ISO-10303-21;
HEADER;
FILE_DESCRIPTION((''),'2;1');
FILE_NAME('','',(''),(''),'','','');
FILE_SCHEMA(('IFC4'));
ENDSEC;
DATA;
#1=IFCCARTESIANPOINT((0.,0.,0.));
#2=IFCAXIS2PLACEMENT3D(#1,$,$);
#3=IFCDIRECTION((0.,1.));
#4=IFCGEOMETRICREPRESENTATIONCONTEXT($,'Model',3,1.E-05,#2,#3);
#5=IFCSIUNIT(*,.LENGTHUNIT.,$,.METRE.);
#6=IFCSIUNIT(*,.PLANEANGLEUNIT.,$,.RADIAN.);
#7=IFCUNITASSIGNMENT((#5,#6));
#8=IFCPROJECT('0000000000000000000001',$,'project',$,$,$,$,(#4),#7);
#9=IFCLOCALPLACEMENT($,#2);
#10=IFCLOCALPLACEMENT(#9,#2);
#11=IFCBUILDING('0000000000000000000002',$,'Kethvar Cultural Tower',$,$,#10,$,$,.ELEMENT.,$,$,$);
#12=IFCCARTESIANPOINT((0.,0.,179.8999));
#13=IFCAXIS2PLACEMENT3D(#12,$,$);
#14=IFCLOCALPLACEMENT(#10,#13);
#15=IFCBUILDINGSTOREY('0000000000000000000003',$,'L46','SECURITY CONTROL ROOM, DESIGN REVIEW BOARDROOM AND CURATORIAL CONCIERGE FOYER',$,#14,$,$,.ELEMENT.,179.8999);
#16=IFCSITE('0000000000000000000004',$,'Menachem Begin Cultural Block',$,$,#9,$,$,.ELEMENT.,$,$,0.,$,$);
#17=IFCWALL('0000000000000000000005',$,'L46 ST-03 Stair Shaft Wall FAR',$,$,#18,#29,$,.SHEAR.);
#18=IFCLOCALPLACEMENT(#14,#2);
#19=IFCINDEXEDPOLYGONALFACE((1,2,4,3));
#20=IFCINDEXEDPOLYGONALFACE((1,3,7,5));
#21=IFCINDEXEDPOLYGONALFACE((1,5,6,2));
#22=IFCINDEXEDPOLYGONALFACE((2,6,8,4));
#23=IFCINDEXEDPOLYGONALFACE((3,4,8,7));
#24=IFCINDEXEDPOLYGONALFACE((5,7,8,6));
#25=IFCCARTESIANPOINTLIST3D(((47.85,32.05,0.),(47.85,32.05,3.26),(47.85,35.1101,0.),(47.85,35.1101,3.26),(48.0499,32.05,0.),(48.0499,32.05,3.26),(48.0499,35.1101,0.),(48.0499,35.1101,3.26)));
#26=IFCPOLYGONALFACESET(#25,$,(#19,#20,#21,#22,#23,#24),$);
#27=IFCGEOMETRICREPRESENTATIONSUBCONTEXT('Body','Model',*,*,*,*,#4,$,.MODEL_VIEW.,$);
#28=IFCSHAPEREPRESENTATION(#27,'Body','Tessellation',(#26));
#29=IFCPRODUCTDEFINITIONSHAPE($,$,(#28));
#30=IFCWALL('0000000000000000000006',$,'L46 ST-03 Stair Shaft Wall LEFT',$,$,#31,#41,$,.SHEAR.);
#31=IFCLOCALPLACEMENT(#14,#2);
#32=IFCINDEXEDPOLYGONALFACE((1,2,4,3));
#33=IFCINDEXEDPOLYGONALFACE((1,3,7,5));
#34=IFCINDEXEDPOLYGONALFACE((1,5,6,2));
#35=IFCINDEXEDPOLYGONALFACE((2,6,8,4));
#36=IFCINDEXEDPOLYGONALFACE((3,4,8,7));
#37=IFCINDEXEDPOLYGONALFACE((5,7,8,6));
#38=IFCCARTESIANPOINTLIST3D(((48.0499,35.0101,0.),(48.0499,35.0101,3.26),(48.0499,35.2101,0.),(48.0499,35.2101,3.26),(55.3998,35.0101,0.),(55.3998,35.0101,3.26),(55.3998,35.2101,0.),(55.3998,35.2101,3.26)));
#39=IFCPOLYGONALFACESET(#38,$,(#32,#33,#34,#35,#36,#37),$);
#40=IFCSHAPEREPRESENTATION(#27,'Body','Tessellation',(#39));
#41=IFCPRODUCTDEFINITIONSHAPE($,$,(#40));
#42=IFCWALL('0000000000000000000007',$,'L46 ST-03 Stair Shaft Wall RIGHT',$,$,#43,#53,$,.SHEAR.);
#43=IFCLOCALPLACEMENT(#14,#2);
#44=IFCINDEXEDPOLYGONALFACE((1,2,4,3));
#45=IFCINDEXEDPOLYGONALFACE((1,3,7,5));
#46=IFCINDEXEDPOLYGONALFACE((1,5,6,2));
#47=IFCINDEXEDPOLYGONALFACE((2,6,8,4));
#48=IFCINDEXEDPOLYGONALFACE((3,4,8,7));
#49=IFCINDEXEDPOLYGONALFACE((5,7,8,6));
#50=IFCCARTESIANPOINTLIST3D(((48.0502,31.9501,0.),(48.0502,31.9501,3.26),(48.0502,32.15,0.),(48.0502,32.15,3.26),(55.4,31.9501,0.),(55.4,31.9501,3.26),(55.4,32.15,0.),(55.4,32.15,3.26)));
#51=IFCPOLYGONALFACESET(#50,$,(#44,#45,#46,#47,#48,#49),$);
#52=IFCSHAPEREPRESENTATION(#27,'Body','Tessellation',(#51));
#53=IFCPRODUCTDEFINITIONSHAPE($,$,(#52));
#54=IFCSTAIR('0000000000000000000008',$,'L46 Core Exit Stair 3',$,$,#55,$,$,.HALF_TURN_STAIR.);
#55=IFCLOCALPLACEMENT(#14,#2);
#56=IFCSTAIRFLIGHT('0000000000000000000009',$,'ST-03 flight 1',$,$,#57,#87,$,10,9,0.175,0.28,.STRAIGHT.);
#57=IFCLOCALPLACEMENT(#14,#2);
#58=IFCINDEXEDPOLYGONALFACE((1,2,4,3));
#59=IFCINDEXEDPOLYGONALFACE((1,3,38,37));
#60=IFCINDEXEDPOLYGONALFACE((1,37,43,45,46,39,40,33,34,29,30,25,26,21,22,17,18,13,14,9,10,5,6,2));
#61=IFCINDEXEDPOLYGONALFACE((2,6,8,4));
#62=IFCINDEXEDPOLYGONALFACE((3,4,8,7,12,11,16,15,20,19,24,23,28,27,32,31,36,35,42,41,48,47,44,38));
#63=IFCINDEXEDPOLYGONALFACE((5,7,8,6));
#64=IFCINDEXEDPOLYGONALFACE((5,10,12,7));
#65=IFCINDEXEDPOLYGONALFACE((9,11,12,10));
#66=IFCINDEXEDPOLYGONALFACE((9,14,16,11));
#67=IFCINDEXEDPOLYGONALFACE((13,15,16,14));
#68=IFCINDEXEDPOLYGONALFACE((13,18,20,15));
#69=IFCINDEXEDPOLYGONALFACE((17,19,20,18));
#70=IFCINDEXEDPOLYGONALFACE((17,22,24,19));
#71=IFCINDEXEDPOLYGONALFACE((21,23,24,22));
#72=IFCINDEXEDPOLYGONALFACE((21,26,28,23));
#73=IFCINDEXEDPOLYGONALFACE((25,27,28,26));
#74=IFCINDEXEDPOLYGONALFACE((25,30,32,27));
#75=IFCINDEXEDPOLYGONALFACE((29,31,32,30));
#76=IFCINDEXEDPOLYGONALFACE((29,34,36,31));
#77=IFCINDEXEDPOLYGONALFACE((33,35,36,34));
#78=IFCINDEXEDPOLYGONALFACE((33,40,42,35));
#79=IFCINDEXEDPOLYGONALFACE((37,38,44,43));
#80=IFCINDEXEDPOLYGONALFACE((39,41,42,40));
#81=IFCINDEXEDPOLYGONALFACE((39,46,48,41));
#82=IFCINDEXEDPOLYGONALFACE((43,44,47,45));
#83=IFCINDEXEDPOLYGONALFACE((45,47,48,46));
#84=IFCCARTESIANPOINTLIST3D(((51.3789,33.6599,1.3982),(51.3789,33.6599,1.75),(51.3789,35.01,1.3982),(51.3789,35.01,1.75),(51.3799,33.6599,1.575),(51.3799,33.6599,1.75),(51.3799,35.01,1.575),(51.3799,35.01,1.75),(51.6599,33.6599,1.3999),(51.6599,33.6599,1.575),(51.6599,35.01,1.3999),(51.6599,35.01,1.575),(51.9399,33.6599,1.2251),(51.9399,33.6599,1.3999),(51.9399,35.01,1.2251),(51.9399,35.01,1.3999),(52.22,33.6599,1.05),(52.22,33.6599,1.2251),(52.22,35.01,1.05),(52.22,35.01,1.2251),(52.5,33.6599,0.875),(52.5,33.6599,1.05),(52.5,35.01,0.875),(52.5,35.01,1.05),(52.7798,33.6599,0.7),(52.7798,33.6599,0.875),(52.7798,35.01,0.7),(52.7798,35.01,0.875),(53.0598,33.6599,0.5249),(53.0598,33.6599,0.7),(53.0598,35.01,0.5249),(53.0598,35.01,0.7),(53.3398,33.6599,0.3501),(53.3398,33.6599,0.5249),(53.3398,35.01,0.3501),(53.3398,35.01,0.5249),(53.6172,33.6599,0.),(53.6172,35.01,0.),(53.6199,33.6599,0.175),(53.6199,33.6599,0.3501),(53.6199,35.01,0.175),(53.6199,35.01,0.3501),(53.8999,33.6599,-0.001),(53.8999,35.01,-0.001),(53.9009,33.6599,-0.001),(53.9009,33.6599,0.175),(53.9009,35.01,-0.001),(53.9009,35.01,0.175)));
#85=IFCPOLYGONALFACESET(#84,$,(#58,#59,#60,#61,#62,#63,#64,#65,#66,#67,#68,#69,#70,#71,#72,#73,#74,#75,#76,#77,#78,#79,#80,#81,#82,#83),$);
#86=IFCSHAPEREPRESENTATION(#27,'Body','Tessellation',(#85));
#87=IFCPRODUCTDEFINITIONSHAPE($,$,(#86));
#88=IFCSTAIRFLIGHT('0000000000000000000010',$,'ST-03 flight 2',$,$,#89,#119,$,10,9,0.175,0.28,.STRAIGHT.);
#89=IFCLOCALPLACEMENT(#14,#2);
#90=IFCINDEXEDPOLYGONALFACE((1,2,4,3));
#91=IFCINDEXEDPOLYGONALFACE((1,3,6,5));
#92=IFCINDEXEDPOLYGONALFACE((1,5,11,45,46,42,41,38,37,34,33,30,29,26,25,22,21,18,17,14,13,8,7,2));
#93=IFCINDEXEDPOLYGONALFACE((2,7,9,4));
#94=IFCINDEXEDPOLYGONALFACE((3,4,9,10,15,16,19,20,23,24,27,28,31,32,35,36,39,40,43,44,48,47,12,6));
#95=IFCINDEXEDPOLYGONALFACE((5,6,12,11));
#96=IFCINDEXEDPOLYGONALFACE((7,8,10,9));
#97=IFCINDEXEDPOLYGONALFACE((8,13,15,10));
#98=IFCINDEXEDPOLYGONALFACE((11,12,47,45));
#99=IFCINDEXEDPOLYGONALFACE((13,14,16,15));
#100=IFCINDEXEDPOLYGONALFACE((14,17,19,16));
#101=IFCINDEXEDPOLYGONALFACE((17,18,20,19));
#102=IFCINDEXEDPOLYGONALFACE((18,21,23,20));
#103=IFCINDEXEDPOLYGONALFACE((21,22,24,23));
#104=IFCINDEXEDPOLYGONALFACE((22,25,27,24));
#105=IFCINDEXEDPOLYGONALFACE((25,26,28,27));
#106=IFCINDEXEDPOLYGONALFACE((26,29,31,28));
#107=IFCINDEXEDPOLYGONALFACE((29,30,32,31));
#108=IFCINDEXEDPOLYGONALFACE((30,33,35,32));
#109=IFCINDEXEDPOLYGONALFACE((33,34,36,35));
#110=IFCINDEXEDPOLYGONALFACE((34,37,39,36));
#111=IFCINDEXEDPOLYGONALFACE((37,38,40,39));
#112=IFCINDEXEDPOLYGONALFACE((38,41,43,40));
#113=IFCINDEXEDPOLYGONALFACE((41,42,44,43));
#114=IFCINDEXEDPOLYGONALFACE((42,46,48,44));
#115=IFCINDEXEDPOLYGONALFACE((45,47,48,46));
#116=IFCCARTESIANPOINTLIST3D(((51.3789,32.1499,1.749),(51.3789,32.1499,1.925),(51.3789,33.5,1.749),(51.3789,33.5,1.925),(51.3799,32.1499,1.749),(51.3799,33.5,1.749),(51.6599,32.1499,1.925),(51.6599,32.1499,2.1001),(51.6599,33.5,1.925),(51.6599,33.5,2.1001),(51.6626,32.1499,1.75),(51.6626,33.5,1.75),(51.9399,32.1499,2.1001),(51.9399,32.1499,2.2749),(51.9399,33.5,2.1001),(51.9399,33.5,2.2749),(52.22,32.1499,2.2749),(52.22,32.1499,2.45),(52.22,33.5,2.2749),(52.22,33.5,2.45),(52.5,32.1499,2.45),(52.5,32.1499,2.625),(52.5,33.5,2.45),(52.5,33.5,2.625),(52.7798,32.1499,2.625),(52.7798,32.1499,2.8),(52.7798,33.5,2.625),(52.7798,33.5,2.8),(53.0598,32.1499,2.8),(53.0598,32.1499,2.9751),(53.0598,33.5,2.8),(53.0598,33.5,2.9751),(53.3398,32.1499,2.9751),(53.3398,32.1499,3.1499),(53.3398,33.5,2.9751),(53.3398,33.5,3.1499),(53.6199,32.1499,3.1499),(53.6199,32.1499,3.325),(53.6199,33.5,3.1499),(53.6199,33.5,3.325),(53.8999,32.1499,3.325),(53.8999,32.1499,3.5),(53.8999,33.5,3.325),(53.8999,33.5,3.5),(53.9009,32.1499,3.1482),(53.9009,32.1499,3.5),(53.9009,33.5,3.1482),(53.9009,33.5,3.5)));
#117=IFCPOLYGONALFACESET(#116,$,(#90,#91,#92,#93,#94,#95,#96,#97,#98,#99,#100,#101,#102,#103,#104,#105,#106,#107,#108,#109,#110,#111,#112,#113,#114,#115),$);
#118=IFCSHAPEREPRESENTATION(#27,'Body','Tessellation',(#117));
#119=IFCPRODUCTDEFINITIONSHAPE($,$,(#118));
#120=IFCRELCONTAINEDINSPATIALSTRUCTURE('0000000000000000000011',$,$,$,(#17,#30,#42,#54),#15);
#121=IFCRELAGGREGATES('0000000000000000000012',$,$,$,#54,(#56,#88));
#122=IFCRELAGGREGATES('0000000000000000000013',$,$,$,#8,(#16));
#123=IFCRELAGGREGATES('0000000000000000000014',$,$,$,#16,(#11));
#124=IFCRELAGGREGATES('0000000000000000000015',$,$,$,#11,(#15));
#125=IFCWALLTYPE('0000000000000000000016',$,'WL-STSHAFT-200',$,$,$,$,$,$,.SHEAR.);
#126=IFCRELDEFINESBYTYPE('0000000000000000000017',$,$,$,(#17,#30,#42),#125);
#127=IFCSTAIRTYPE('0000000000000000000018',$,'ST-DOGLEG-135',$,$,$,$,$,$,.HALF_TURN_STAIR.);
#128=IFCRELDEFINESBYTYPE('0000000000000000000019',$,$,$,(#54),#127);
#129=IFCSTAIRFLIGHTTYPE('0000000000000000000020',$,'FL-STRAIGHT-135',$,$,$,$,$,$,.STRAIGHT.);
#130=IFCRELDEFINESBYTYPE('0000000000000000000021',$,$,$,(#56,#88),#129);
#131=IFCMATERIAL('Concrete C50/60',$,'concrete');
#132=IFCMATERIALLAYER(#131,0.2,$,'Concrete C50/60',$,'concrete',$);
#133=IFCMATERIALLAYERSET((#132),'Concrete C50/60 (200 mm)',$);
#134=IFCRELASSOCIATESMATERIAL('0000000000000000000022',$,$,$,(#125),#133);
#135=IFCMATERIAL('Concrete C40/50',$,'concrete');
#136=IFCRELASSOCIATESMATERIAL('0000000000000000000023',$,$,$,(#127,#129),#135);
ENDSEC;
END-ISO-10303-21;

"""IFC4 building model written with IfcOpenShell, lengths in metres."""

from ifc_helpers import new_model, si_unit, direction, frame, frame_2d, origin, place, context, subcontext, project, spatial, polyline, rectangle, outline, extrude, material, layer, layer_set, type_object, element, aggregate, save


model = new_model("IFC4")

# Units and contexts
model_context = context("Model", 3, precision=1e-05, world=origin(), true_north=direction((0.0, 1.0)))
body_context = subcontext(model_context, "Body", "Model", "MODEL_VIEW")
ifc_project = project(units=[si_unit("LENGTHUNIT", "METRE"), si_unit("PLANEANGLEUNIT", "RADIAN")], contexts=[model_context])

# Site, building, storey
site_placement = place(None, origin())
site = spatial("IfcSite", under=ifc_project, at=site_placement, Name="Menachem Begin Cultural Block", CompositionType="ELEMENT", RefElevation=0.0)
building_placement = place(site_placement, origin())
building = spatial("IfcBuilding", under=site, at=building_placement, Name="Kethvar Cultural Tower", CompositionType="ELEMENT")
storey_placement = place(building_placement, frame((0.0, 0.0, 179.8999)))
storey = spatial("IfcBuildingStorey", under=building, at=storey_placement, Name="L46", Description="SECURITY CONTROL ROOM, DESIGN REVIEW BOARDROOM AND CURATORIAL CONCIERGE FOYER", CompositionType="ELEMENT", Elevation=179.8999)

# Walls
ifc_material_1 = material(Name="Concrete C40/50", Category="concrete")
ifc_material_2 = material(Name="Concrete C50/60", Category="concrete")
ifc_layer_1 = layer(ifc_material_2, 0.2, Name="Concrete C50/60", Category="concrete")
ifc_layer_set_1 = layer_set([ifc_layer_1], Name="Concrete C50/60 (200 mm)")
wall_type_1 = type_object("IfcWallType", Name="WL-STSHAFT-200", PredefinedType="SHEAR", material=ifc_layer_set_1)
wall_1_placement = place(storey_placement, frame((47.95, 32.05, 0.0), z_axis=(0.0, 0.0, 1.0), x_axis=(0.0, 1.0, 0.0)))
element("IfcWall", 1, at=wall_1_placement, inside=storey, type_object=wall_type_1, Name="L46 ST-03 Stair Shaft Wall FAR", PredefinedType="SHEAR", context=body_context, shape_type="SweptSolid", body=[
    extrude(rectangle(XDim=3.0601, YDim=0.2, at=frame_2d((1.53, 0.0))), origin(), (0.0, 0.0, 1.0), 3.26),
])
for number, where, z_axis, x_axis, name in (
    (2, (48.05, 35.1101, 0.0), (0.0, 0.0, 1.0), (1.0, 0.0, 0.0), "L46 ST-03 Stair Shaft Wall LEFT"),
    (3, (55.3999, 32.05, 0.0), (0.0, 0.0, 1.0), (-1.0, 0.0, 0.0), "L46 ST-03 Stair Shaft Wall RIGHT"),
):
    element("IfcWall", number, at=place(storey_placement, frame(where, z_axis=z_axis, x_axis=x_axis)), inside=storey, type_object=wall_type_1, Name=name, PredefinedType="SHEAR", context=body_context, shape_type="SweptSolid", body=[
        extrude(rectangle(XDim=7.3499, YDim=0.2, at=frame_2d((3.6748, 0.0))), origin(), (0.0, 0.0, 1.0), 3.26),
    ])

# Stair, stair flights
stair_type = type_object("IfcStairType", Name="ST-DOGLEG-135", PredefinedType="HALF_TURN_STAIR", material=ifc_material_1)
stair_placement = place(storey_placement, origin())
stair = element("IfcStair", 4, at=stair_placement, inside=storey, type_object=stair_type, Name="L46 Core Exit Stair 3", PredefinedType="HALF_TURN_STAIR")
stair_flight_type = type_object("IfcStairFlightType", Name="FL-STRAIGHT-135", PredefinedType="STRAIGHT", material=ifc_material_1)
stair_flight_1_placement = place(storey_placement, frame((53.8999, 34.335, 0.0), z_axis=(0.0, 0.0, 1.0), x_axis=(-1.0, 0.0, 0.0)))
stair_flight_1 = element("IfcStairFlight", 5, at=stair_flight_1_placement, type_object=stair_flight_type, Name="ST-03 flight 1", NumberOfRisers=10, NumberOfTreads=9, PredefinedType="STRAIGHT", RiserHeight=0.175, TreadLength=0.28, context=body_context, shape_type="SweptSolid", body=[
    extrude(outline(polyline([(-0.001, -0.001), (-0.001, 0.175), (0.28, 0.175), (0.28, 0.3501), (0.5601, 0.3501), (0.5601, 0.5249), (0.8401, 0.5249), (0.8401, 0.7), (1.1201, 0.7), (1.1201, 0.875), (1.3999, 0.875), (1.3999, 1.05), (1.6799, 1.05), (1.6799, 1.2251), (1.96, 1.2251), (1.96, 1.3999), (2.24, 1.3999), (2.24, 1.575), (2.52, 1.575), (2.52, 1.75), (2.521, 1.75), (2.521, 1.3982), (0.2827, 0.0), (0.0, -0.001), (-0.001, -0.001)])), frame((0.0, 0.675, 0.0), z_axis=(0.0, -1.0, 0.0), x_axis=(1.0, 0.0, 0.0)), (0.0, 0.0, 1.0), 1.3501),
])
stair_flight_2_placement = place(storey_placement, frame((51.3799, 32.825, 1.75), z_axis=(0.0, 0.0, 1.0), x_axis=(1.0, 0.0, 0.0)))
stair_flight_2 = element("IfcStairFlight", 6, at=stair_flight_2_placement, type_object=stair_flight_type, Name="ST-03 flight 2", NumberOfRisers=10, NumberOfTreads=9, PredefinedType="STRAIGHT", RiserHeight=0.175, TreadLength=0.28, context=body_context, shape_type="SweptSolid", body=[
    extrude(outline(polyline([(-0.001, -0.001), (-0.001, 0.175), (0.28, 0.175), (0.28, 0.3501), (0.5601, 0.3501), (0.5601, 0.5249), (0.8401, 0.5249), (0.8401, 0.7), (1.1201, 0.7), (1.1201, 0.875), (1.3999, 0.875), (1.3999, 1.05), (1.6799, 1.05), (1.6799, 1.2251), (1.96, 1.2251), (1.96, 1.3999), (2.24, 1.3999), (2.24, 1.575), (2.52, 1.575), (2.52, 1.75), (2.521, 1.75), (2.521, 1.3982), (0.2827, 0.0), (0.0, -0.001), (-0.001, -0.001)])), frame((0.0, 0.675, 0.0), z_axis=(0.0, -1.0, 0.0), x_axis=(1.0, 0.0, 0.0)), (0.0, 0.0, 1.0), 1.3501),
])
aggregate(stair, [stair_flight_1, stair_flight_2])

save(model, "model.ifc")
